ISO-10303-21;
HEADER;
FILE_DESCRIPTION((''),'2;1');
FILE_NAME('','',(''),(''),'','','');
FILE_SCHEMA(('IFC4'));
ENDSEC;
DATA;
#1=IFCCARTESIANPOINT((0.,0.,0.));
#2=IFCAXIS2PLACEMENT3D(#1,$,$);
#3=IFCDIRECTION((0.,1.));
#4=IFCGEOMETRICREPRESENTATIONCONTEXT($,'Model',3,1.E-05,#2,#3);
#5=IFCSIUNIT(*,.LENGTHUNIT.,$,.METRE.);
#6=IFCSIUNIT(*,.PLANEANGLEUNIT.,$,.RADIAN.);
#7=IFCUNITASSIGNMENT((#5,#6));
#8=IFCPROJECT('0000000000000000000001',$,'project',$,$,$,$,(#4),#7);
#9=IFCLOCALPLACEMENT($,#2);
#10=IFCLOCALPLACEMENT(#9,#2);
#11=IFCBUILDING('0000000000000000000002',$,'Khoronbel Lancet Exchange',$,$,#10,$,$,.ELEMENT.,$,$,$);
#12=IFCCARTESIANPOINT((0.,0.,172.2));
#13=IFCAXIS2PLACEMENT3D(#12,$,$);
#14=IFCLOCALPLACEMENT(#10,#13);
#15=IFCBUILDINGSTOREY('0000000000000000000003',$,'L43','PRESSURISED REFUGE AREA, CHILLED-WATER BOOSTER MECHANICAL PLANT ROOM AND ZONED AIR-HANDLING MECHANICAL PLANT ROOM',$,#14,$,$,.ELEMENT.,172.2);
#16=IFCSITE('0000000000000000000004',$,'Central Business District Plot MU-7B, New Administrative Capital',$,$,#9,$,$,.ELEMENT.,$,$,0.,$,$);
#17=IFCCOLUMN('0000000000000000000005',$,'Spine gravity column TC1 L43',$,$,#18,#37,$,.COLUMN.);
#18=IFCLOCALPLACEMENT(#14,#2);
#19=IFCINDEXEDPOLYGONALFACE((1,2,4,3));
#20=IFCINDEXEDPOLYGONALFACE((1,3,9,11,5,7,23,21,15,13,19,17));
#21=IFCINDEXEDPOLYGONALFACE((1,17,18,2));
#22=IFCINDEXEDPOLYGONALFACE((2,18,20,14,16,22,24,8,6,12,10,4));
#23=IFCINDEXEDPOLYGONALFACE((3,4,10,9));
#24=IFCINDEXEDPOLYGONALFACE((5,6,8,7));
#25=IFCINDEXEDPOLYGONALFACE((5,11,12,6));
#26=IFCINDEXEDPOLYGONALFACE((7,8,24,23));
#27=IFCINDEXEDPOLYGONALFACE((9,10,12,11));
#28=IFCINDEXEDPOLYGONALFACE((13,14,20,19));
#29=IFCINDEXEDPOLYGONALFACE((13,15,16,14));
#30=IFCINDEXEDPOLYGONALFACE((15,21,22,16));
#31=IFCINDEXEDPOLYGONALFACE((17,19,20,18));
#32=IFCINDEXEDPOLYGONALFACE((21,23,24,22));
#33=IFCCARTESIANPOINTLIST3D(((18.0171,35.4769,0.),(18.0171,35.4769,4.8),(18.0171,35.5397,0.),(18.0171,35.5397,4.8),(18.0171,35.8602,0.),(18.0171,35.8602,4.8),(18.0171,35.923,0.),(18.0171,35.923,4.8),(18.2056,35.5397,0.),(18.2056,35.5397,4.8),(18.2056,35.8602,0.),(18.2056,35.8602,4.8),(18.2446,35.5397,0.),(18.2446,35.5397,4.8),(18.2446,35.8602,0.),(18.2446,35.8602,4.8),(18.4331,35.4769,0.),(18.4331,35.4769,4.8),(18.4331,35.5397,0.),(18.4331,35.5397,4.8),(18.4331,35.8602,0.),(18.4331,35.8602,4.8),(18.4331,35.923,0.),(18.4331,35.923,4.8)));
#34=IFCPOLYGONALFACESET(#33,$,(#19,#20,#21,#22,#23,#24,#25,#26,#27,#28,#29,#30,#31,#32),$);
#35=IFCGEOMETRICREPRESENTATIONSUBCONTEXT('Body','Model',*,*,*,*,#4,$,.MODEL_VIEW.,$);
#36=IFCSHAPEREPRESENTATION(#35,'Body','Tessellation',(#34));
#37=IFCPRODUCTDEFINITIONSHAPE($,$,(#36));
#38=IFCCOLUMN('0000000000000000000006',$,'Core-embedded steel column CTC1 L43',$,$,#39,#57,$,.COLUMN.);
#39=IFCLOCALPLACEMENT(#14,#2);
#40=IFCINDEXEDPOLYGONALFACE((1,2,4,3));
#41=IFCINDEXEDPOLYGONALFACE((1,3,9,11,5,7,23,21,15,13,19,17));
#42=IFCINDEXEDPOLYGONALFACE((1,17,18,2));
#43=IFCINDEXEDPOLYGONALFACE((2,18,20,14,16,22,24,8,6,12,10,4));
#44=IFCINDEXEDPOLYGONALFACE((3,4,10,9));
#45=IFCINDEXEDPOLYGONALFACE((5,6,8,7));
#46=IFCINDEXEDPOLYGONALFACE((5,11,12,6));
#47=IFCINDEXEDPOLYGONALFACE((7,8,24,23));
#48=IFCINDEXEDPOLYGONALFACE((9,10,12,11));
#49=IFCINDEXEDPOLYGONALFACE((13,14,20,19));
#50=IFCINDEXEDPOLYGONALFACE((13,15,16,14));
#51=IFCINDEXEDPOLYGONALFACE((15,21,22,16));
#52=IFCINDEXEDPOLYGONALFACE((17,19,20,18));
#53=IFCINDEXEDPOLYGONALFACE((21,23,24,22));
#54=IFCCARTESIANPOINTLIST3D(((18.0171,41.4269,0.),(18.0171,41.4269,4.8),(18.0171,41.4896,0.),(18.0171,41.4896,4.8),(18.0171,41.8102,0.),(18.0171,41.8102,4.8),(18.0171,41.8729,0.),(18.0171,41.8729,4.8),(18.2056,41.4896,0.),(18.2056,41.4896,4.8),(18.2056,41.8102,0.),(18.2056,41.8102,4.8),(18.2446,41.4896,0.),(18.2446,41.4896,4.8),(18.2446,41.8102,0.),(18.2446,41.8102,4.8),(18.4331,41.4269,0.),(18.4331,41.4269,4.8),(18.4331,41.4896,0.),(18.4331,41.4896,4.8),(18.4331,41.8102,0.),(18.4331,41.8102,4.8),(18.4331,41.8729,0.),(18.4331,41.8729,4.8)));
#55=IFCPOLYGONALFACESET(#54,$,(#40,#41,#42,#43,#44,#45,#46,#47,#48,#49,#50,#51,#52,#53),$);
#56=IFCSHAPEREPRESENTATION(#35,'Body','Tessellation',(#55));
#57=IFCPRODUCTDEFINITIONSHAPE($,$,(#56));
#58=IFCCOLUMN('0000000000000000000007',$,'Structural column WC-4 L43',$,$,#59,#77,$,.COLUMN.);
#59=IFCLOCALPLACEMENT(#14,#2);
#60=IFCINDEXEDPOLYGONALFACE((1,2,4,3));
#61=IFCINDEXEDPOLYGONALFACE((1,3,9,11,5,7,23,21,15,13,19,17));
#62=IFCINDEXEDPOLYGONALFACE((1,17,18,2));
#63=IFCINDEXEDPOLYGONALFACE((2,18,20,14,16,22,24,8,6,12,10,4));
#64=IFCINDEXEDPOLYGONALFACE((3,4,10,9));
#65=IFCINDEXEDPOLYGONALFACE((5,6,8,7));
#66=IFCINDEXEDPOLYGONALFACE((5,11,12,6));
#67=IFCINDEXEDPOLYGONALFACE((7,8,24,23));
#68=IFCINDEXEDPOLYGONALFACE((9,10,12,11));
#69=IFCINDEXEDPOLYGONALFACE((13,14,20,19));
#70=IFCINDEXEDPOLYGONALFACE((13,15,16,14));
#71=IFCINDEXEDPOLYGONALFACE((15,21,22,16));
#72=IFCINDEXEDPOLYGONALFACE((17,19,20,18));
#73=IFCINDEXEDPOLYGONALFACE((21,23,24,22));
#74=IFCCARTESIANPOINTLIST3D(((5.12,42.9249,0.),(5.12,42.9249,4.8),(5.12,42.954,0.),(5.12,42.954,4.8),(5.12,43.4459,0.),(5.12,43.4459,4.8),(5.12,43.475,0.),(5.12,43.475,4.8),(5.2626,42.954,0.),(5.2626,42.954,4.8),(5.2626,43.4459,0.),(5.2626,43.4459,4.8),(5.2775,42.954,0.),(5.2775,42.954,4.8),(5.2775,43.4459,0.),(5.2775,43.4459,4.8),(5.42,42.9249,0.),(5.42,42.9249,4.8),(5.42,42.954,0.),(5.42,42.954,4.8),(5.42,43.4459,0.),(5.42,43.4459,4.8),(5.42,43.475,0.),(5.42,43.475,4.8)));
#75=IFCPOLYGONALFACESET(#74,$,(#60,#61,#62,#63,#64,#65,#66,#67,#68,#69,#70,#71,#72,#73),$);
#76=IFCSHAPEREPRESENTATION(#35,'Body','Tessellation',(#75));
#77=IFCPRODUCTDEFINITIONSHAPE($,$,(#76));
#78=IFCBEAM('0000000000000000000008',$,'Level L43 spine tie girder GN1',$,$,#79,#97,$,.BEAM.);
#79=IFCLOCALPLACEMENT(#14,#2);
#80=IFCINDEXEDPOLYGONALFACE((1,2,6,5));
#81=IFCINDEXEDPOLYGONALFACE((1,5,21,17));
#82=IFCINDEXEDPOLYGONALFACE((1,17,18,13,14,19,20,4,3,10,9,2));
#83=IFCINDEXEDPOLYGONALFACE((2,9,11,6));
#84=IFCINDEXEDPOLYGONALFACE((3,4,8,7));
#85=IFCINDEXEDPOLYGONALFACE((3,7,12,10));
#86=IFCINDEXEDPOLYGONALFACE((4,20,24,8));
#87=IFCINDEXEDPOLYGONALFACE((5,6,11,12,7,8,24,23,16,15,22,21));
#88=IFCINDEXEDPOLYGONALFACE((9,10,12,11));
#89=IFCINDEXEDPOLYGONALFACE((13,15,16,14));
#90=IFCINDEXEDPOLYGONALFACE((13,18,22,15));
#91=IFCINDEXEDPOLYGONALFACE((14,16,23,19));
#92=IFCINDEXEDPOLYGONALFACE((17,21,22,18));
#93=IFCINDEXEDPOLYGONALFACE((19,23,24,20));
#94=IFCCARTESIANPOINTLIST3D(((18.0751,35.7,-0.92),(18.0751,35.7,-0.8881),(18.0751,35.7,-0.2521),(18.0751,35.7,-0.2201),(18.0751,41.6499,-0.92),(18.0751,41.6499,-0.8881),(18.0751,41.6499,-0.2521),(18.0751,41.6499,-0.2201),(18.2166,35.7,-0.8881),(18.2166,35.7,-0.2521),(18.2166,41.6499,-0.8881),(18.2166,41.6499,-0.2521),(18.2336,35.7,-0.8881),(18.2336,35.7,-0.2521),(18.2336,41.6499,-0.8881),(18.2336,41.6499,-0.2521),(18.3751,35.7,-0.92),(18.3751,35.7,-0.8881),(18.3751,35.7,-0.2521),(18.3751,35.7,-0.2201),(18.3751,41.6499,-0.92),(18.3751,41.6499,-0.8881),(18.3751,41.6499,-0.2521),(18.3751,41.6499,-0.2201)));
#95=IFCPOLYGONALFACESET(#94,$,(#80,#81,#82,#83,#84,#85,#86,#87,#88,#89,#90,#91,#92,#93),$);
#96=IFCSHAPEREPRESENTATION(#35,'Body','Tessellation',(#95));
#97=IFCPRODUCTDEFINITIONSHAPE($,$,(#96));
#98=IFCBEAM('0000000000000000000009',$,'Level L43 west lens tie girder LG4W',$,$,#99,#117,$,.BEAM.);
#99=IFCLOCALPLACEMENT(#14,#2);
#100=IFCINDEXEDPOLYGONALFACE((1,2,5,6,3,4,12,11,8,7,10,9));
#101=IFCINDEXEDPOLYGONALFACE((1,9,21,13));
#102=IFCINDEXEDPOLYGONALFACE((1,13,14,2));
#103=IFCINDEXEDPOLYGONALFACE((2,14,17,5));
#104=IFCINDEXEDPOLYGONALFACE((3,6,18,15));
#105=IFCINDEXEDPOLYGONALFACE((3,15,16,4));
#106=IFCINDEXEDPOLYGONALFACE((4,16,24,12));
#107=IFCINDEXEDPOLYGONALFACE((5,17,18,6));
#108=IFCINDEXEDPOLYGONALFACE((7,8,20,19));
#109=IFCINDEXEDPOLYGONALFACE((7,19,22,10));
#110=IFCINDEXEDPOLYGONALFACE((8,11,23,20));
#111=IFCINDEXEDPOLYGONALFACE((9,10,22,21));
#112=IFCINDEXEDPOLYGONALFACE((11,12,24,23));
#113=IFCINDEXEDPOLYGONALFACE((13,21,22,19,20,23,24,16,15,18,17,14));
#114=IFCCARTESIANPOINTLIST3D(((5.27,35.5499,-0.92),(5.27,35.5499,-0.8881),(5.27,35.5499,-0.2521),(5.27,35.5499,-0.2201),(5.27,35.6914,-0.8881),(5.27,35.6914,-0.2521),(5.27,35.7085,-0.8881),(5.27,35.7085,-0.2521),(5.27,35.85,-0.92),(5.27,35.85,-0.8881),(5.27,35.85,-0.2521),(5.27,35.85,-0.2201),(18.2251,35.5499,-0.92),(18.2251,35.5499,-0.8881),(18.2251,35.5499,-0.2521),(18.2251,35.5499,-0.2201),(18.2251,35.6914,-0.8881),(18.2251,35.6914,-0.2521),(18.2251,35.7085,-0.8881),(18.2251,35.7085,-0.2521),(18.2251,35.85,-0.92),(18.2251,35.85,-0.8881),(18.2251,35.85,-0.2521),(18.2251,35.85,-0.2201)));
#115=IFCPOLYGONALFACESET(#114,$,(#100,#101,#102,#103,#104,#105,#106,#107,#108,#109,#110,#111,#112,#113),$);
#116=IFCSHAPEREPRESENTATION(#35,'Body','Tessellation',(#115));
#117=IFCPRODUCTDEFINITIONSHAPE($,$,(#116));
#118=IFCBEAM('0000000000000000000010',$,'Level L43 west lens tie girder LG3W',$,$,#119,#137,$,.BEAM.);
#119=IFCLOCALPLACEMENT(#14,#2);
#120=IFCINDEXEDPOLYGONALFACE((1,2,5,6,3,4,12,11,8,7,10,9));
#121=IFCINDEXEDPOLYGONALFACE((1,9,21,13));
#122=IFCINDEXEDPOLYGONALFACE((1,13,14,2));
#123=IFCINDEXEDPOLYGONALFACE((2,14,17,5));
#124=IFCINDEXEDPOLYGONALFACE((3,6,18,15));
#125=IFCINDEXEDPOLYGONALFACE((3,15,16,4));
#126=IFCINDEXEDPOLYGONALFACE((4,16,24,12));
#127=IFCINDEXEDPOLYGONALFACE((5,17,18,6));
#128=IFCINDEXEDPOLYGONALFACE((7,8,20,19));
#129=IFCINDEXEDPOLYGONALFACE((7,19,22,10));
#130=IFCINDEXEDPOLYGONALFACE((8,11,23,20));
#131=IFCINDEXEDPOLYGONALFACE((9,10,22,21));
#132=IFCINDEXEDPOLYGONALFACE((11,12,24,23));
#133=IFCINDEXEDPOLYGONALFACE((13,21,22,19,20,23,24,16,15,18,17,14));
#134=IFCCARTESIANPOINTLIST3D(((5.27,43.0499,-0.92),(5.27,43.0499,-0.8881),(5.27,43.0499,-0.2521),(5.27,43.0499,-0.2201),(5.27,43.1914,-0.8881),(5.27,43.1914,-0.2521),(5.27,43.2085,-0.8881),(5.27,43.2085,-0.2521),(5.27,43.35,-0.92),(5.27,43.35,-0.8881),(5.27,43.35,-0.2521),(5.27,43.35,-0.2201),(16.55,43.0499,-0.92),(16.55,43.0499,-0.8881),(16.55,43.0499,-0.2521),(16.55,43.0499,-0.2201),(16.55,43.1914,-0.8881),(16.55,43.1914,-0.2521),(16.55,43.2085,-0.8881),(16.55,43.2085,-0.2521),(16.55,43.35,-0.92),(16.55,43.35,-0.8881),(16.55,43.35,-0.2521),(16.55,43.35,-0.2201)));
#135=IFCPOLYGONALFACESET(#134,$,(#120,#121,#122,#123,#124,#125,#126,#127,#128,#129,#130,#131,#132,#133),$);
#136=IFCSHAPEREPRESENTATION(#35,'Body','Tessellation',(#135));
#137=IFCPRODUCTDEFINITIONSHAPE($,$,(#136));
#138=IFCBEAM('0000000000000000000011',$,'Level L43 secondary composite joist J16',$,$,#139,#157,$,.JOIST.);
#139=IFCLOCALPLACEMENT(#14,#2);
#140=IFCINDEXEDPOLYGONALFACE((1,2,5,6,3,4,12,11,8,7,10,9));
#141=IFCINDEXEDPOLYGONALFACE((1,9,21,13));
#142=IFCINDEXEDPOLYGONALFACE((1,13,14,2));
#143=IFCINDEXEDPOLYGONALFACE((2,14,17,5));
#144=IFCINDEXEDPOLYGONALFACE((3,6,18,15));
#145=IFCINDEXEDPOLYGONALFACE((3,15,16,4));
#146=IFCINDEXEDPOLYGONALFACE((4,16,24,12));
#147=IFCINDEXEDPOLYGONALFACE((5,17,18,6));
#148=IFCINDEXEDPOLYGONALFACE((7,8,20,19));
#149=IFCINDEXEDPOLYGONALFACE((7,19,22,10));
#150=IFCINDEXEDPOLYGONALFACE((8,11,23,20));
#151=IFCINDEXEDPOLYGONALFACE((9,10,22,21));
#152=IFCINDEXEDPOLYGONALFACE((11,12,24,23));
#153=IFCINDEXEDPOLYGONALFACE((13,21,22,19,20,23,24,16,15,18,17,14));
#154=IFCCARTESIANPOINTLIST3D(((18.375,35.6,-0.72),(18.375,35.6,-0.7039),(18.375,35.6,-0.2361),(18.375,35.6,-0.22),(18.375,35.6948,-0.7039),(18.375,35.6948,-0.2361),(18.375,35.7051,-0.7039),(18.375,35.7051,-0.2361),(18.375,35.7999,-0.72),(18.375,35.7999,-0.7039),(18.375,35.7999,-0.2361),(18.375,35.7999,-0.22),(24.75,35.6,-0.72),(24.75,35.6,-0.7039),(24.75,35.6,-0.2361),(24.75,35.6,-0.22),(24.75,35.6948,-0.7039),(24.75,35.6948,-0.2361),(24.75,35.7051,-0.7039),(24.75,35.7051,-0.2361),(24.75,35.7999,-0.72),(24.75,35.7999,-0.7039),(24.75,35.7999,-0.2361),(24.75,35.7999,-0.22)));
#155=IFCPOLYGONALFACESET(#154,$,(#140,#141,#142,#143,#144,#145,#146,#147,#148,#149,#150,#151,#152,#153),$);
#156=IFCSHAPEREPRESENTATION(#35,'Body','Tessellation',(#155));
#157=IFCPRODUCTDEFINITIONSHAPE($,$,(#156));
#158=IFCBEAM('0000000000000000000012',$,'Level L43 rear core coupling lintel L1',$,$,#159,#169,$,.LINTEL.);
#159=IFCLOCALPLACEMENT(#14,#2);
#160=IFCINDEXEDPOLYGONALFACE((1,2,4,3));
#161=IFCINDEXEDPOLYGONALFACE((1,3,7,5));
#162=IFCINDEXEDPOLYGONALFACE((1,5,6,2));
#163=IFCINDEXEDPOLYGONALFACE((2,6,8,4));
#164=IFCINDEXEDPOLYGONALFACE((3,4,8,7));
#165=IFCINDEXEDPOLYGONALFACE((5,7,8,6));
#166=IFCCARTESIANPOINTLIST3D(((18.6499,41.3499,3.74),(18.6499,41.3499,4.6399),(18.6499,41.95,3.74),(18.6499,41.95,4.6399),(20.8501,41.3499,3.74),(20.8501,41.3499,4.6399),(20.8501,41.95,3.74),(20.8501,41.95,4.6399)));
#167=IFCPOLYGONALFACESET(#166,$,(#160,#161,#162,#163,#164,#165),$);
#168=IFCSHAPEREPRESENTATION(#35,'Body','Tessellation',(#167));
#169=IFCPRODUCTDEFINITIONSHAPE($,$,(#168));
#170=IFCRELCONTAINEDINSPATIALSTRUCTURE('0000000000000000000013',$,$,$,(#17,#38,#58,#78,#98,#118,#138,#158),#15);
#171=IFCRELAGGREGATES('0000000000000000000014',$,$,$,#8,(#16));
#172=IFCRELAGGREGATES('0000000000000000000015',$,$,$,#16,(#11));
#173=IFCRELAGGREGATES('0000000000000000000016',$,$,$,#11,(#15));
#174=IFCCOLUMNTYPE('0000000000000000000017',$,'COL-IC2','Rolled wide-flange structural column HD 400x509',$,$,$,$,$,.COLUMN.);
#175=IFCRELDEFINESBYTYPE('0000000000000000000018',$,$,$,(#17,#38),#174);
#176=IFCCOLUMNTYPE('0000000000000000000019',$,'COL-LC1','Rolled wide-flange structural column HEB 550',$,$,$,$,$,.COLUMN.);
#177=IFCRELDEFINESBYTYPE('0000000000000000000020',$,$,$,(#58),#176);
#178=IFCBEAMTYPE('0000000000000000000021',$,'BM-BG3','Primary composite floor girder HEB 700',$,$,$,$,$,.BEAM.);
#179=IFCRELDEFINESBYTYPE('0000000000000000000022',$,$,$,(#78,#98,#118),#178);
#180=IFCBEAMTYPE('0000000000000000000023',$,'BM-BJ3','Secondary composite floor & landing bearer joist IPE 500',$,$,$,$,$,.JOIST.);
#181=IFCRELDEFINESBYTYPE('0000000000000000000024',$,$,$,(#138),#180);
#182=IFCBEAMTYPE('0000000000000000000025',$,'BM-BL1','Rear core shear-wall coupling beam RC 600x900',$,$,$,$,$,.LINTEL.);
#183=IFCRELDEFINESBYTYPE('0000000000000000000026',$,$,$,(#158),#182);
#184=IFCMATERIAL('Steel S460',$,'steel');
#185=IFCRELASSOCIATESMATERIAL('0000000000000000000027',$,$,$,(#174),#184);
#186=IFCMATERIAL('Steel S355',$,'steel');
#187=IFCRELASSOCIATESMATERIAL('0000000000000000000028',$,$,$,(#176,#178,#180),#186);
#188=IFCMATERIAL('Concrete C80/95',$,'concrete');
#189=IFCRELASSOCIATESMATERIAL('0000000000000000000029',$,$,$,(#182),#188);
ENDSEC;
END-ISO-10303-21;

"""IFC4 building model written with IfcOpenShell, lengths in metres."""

from ifc_helpers import new_model, si_unit, direction, frame, origin, origin_2d, place, context, subcontext, project, spatial, rectangle, i_section, extrude, material, material_profile, profile_set, type_object, element, save


model = new_model("IFC4")

# Units and contexts
model_context = context("Model", 3, precision=1e-05, world=origin(), true_north=direction((0.0, 1.0)))
body_context = subcontext(model_context, "Body", "Model", "MODEL_VIEW")
ifc_project = project(units=[si_unit("LENGTHUNIT", "METRE"), si_unit("PLANEANGLEUNIT", "RADIAN")], contexts=[model_context])

# Site, building, storey
site_placement = place(None, origin())
site = spatial("IfcSite", under=ifc_project, at=site_placement, Name="Central Business District Plot MU-7B, New Administrative Capital", CompositionType="ELEMENT", RefElevation=0.0)
building_placement = place(site_placement, origin())
building = spatial("IfcBuilding", under=site, at=building_placement, Name="Khoronbel Lancet Exchange", CompositionType="ELEMENT")
storey_placement = place(building_placement, frame((0.0, 0.0, 172.2)))
storey = spatial("IfcBuildingStorey", under=building, at=storey_placement, Name="L43", Description="PRESSURISED REFUGE AREA, CHILLED-WATER BOOSTER MECHANICAL PLANT ROOM AND ZONED AIR-HANDLING MECHANICAL PLANT ROOM", CompositionType="ELEMENT", Elevation=172.2)

# Columns
ifc_material_1 = material(Name="Steel S460", Category="steel")
ifc_material_profile_1 = material_profile(ifc_material_1, i_section(OverallWidth=0.416, OverallDepth=0.446, WebThickness=0.0391, FlangeThickness=0.0627, at=origin_2d()), Name="HD 400x509")
ifc_profile_set_1 = profile_set([ifc_material_profile_1], Name="Steel S460")
column_type_1 = type_object("IfcColumnType", Name="COL-IC2", Description="Rolled wide-flange structural column HD 400x509", PredefinedType="COLUMN", material=ifc_profile_set_1)
for number, where, z_axis, x_axis, name in (
    (1, (18.2251, 35.7, 0.0), (0.0, 0.0, 1.0), (1.0, 0.0, 0.0), "Spine gravity column TC1 L43"),
    (2, (18.2251, 41.6499, 0.0), (0.0, 0.0, 1.0), (1.0, 0.0, 0.0), "Core-embedded steel column CTC1 L43"),
):
    element("IfcColumn", number, at=place(storey_placement, frame(where, z_axis=z_axis, x_axis=x_axis)), inside=storey, type_object=column_type_1, Name=name, PredefinedType="COLUMN", context=body_context, shape_type="SweptSolid", body=[
        extrude(i_section(OverallWidth=0.416, OverallDepth=0.446, WebThickness=0.0391, FlangeThickness=0.0627, at=origin_2d()), origin(), (0.0, 0.0, 1.0), 4.8),
    ])
ifc_material_2 = material(Name="Steel S355", Category="steel")
ifc_material_profile_2 = material_profile(ifc_material_2, i_section(OverallWidth=0.3, OverallDepth=0.55, WebThickness=0.0149, FlangeThickness=0.0291, at=origin_2d()), Name="HEB 550")
ifc_profile_set_2 = profile_set([ifc_material_profile_2], Name="Steel S355")
column_type_2 = type_object("IfcColumnType", Name="COL-LC1", Description="Rolled wide-flange structural column HEB 550", PredefinedType="COLUMN", material=ifc_profile_set_2)
column_placement = place(storey_placement, frame((5.27, 43.2, 0.0), z_axis=(0.0, 0.0, 1.0), x_axis=(1.0, 0.0, 0.0)))
element("IfcColumn", 3, at=column_placement, inside=storey, type_object=column_type_2, Name="Structural column WC-4 L43", PredefinedType="COLUMN", context=body_context, shape_type="SweptSolid", body=[
    extrude(i_section(OverallWidth=0.3, OverallDepth=0.55, WebThickness=0.0149, FlangeThickness=0.0291, at=origin_2d()), origin(), (0.0, 0.0, 1.0), 4.8),
])

# Beams
ifc_material_profile_3 = material_profile(ifc_material_2, i_section(OverallWidth=0.3, OverallDepth=0.7, WebThickness=0.0171, FlangeThickness=0.032, at=origin_2d()), Name="HEB 700")
ifc_profile_set_3 = profile_set([ifc_material_profile_3], Name="Steel S355")
beam_type_1 = type_object("IfcBeamType", Name="BM-BG3", Description="Primary composite floor girder HEB 700", PredefinedType="BEAM", material=ifc_profile_set_3)
beam_1_placement = place(storey_placement, frame((18.2251, 35.7, -0.5701), z_axis=(0.0, 1.0, 0.0), x_axis=(-1.0, 0.0, 0.0)))
element("IfcBeam", 4, at=beam_1_placement, inside=storey, type_object=beam_type_1, Name="Level L43 spine tie girder GN1", PredefinedType="BEAM", context=body_context, shape_type="SweptSolid", body=[
    extrude(i_section(OverallWidth=0.3, OverallDepth=0.7, WebThickness=0.0171, FlangeThickness=0.032, at=origin_2d()), origin(), (0.0, 0.0, 1.0), 5.95),
])
beam_2_placement = place(storey_placement, frame((5.27, 35.7, -0.5701), z_axis=(1.0, 0.0, 0.0), x_axis=(0.0, 1.0, 0.0)))
element("IfcBeam", 5, at=beam_2_placement, inside=storey, type_object=beam_type_1, Name="Level L43 west lens tie girder LG4W", PredefinedType="BEAM", context=body_context, shape_type="SweptSolid", body=[
    extrude(i_section(OverallWidth=0.3, OverallDepth=0.7, WebThickness=0.0171, FlangeThickness=0.032, at=origin_2d()), origin(), (0.0, 0.0, 1.0), 12.9551),
])
beam_3_placement = place(storey_placement, frame((5.27, 43.2, -0.5701), z_axis=(1.0, 0.0, 0.0), x_axis=(0.0, 1.0, 0.0)))
element("IfcBeam", 6, at=beam_3_placement, inside=storey, type_object=beam_type_1, Name="Level L43 west lens tie girder LG3W", PredefinedType="BEAM", context=body_context, shape_type="SweptSolid", body=[
    extrude(i_section(OverallWidth=0.3, OverallDepth=0.7, WebThickness=0.0171, FlangeThickness=0.032, at=origin_2d()), origin(), (0.0, 0.0, 1.0), 11.28),
])
ifc_material_profile_4 = material_profile(ifc_material_2, i_section(OverallWidth=0.2, OverallDepth=0.5, WebThickness=0.0103, FlangeThickness=0.0161, at=origin_2d()), Name="IPE 500")
ifc_profile_set_4 = profile_set([ifc_material_profile_4], Name="Steel S355")
beam_type_2 = type_object("IfcBeamType", Name="BM-BJ3", Description="Secondary composite floor & landing bearer joist IPE 500", PredefinedType="JOIST", material=ifc_profile_set_4)
beam_4_placement = place(storey_placement, frame((18.375, 35.7, -0.47), z_axis=(1.0, 0.0, 0.0), x_axis=(0.0, 1.0, 0.0)))
element("IfcBeam", 7, at=beam_4_placement, inside=storey, type_object=beam_type_2, Name="Level L43 secondary composite joist J16", PredefinedType="JOIST", context=body_context, shape_type="SweptSolid", body=[
    extrude(i_section(OverallWidth=0.2, OverallDepth=0.5, WebThickness=0.0103, FlangeThickness=0.0161, at=origin_2d()), origin(), (0.0, 0.0, 1.0), 6.375),
])
ifc_material_3 = material(Name="Concrete C80/95", Category="concrete")
ifc_material_profile_5 = material_profile(ifc_material_3, rectangle(XDim=0.6001, YDim=0.8999, at=origin_2d()), Name="RC 600x900")
ifc_profile_set_5 = profile_set([ifc_material_profile_5], Name="Concrete C80/95")
beam_type_3 = type_object("IfcBeamType", Name="BM-BL1", Description="Rear core shear-wall coupling beam RC 600x900", PredefinedType="LINTEL", material=ifc_profile_set_5)
beam_5_placement = place(storey_placement, frame((18.6499, 41.6499, 4.1899), z_axis=(1.0, 0.0, 0.0), x_axis=(0.0, 1.0, 0.0)))
element("IfcBeam", 8, at=beam_5_placement, inside=storey, type_object=beam_type_3, Name="Level L43 rear core coupling lintel L1", PredefinedType="LINTEL", context=body_context, shape_type="SweptSolid", body=[
    extrude(rectangle(XDim=0.6001, YDim=0.8999, at=origin_2d()), origin(), (0.0, 0.0, 1.0), 2.2002),
])

save(model, "model.ifc")
